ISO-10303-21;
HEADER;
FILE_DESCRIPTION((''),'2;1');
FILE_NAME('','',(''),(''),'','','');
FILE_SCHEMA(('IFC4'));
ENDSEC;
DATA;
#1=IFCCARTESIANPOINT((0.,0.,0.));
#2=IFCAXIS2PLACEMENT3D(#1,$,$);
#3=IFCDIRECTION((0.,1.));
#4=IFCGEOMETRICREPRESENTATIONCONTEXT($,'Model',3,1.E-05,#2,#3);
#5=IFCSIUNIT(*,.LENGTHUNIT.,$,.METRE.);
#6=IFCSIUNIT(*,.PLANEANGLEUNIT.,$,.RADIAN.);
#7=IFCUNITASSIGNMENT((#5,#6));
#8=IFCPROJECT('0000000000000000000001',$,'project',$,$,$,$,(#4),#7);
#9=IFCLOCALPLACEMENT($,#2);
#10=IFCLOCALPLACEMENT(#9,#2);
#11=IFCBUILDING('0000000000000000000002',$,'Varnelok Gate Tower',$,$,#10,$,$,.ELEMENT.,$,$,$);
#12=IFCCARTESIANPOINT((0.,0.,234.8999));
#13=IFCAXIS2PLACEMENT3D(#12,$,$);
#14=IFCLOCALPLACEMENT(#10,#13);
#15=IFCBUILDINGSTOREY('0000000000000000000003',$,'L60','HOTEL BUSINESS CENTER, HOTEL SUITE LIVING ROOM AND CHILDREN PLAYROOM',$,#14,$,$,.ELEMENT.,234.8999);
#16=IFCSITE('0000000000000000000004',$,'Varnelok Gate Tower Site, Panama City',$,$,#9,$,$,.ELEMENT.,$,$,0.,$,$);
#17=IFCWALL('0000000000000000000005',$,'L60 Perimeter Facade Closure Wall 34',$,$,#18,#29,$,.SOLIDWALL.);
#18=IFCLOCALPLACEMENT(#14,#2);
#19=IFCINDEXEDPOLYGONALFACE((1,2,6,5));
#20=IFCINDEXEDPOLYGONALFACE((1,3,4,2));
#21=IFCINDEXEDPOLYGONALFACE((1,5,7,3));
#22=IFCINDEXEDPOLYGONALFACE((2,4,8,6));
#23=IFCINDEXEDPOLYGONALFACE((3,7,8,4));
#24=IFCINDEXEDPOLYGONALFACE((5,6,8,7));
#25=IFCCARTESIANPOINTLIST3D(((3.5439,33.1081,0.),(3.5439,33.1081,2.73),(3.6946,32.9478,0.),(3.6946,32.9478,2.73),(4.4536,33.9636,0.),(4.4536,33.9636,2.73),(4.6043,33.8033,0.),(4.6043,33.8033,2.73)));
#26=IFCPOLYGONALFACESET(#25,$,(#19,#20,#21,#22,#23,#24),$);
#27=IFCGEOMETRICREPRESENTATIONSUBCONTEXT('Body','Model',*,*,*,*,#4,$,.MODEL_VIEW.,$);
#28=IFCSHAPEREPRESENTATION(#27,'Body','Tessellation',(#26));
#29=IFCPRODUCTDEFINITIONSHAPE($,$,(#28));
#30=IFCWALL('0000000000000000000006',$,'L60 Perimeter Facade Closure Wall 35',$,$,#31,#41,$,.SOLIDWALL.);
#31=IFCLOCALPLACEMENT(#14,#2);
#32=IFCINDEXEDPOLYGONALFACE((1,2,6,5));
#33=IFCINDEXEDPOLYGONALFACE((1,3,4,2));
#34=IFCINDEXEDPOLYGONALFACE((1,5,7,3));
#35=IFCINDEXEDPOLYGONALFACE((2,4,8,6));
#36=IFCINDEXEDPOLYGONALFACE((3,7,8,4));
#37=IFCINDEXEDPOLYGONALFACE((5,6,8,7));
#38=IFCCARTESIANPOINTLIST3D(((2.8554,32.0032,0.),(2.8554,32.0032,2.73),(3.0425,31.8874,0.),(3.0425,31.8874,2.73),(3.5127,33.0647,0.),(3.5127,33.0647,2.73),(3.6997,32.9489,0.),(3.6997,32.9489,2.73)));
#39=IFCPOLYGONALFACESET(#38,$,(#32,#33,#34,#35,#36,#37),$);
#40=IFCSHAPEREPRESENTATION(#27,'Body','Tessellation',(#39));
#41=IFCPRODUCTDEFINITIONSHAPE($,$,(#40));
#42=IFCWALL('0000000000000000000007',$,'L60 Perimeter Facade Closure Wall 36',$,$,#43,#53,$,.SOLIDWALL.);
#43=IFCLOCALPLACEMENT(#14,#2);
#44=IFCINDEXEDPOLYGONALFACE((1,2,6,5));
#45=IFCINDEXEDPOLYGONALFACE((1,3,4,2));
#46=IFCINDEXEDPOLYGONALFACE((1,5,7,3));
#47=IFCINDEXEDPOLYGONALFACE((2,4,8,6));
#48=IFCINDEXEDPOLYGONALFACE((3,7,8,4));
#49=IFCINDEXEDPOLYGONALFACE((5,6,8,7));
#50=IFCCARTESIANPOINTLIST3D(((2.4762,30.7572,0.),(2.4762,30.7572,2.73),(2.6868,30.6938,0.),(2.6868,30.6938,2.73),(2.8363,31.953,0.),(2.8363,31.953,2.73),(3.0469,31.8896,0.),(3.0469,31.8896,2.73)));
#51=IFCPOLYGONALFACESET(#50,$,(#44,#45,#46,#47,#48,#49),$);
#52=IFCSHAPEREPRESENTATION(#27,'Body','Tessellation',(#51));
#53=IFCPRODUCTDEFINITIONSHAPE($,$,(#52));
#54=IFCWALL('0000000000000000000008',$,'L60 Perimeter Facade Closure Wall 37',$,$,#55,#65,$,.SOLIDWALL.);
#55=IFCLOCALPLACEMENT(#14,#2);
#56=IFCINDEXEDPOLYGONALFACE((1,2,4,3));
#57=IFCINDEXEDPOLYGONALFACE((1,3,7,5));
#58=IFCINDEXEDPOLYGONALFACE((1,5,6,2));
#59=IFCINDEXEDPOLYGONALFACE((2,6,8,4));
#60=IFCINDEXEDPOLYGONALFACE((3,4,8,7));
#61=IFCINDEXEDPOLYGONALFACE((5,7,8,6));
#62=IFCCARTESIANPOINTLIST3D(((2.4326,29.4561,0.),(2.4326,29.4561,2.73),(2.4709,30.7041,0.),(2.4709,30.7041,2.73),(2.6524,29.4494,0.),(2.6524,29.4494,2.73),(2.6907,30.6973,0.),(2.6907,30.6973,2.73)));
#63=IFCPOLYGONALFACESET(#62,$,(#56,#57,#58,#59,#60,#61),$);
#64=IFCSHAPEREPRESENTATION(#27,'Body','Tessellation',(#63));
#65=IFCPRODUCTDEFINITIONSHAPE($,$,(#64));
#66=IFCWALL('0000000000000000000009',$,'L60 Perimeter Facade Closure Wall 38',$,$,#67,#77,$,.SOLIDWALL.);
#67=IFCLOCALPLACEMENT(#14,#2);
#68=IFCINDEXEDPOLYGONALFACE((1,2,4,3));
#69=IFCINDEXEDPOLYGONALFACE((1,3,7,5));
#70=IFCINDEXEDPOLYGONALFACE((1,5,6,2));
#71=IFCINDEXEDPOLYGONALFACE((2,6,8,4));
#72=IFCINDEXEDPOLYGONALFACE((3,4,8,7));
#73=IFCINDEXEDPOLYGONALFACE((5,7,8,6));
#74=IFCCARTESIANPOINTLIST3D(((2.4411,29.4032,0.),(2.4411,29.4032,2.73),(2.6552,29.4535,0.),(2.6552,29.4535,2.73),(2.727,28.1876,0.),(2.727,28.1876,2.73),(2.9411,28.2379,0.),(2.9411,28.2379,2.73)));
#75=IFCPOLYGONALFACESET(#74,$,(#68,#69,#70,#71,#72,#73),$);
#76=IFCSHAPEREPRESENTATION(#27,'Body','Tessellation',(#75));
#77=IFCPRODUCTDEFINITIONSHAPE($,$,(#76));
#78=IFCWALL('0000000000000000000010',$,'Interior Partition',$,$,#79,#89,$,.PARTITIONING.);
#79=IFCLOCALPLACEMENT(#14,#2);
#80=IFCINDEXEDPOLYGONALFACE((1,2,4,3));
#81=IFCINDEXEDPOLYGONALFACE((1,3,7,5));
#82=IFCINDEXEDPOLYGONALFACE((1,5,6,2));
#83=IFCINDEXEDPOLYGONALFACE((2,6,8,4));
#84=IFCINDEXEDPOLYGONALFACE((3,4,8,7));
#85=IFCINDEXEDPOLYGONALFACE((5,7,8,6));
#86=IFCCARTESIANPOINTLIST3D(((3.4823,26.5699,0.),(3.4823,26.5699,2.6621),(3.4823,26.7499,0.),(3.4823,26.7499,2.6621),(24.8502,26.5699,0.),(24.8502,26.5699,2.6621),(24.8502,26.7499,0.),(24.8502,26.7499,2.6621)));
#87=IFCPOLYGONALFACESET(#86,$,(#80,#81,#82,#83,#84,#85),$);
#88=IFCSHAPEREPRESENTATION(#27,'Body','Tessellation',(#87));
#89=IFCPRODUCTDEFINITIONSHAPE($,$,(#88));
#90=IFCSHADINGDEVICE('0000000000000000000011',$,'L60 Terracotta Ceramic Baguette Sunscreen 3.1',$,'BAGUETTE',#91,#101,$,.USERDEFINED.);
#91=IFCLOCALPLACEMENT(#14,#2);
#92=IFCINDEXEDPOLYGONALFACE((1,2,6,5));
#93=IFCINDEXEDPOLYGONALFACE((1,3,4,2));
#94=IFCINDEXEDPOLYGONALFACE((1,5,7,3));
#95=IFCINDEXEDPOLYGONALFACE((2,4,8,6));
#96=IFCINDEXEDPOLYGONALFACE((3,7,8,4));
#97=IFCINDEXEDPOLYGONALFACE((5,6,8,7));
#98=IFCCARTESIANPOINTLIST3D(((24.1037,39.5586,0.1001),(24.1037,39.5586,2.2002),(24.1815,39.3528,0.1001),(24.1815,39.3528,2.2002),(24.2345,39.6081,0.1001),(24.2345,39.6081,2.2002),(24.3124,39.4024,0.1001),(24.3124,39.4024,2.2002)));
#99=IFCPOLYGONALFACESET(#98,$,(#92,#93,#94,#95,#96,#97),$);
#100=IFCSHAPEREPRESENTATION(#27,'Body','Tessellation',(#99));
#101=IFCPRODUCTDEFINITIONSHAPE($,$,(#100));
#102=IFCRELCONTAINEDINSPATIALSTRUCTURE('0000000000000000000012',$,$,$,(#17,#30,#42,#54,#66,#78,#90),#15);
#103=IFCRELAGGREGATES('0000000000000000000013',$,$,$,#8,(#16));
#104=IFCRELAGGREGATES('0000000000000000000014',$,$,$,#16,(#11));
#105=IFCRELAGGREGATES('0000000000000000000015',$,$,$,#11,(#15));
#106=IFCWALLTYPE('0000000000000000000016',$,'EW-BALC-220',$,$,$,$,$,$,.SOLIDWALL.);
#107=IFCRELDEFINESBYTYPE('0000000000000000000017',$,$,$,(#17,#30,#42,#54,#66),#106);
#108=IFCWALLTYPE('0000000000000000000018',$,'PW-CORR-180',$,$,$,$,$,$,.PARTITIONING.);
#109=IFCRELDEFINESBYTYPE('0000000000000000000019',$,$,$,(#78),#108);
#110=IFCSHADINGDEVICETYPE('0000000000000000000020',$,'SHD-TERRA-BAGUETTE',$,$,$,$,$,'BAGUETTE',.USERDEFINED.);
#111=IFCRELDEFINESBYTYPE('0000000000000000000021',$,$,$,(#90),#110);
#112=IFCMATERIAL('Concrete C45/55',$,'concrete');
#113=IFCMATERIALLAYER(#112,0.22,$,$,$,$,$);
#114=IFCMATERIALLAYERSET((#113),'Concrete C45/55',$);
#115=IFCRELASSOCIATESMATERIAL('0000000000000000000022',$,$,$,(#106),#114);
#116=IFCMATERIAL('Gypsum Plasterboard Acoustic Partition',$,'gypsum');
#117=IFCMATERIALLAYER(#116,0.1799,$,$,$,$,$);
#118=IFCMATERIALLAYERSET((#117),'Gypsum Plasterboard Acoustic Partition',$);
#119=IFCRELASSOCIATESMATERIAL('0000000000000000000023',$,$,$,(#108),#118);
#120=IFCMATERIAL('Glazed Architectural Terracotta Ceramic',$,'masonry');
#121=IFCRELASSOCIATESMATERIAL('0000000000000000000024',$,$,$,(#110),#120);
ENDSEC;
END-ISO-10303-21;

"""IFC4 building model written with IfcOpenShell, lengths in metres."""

from ifc_helpers import new_model, si_unit, direction, frame, frame_2d, origin, origin_2d, place, context, subcontext, project, spatial, rectangle, extrude, source, transform, mapped, material, layer, layer_set, type_object, element, save


model = new_model("IFC4")

# Units and contexts
model_context = context("Model", 3, precision=1e-05, world=origin(), true_north=direction((0.0, 1.0)))
body_context = subcontext(model_context, "Body", "Model", "MODEL_VIEW")
ifc_project = project(units=[si_unit("LENGTHUNIT", "METRE"), si_unit("PLANEANGLEUNIT", "RADIAN")], contexts=[model_context])

# Site, building, storey
site_placement = place(None, origin())
site = spatial("IfcSite", under=ifc_project, at=site_placement, Name="Varnelok Gate Tower Site, Panama City", CompositionType="ELEMENT", RefElevation=0.0)
building_placement = place(site_placement, origin())
building = spatial("IfcBuilding", under=site, at=building_placement, Name="Varnelok Gate Tower", CompositionType="ELEMENT")
storey_placement = place(building_placement, frame((0.0, 0.0, 234.8999)))
storey = spatial("IfcBuildingStorey", under=building, at=storey_placement, Name="L60", Description="HOTEL BUSINESS CENTER, HOTEL SUITE LIVING ROOM AND CHILDREN PLAYROOM", CompositionType="ELEMENT", Elevation=234.8999)

# Shared definitions
ifc_material_1 = material(Name="Concrete C45/55", Category="concrete")
ifc_layer_1 = layer(ifc_material_1, 0.22)
ifc_layer_set_1 = layer_set([ifc_layer_1], Name="Concrete C45/55")
wall_type_1 = type_object("IfcWallType", Name="EW-BALC-220", PredefinedType="SOLIDWALL", material=ifc_layer_set_1)

# Walls
wall_1_placement = place(storey_placement, frame((4.5291, 33.8835, 0.0), z_axis=(0.0, 0.0, 1.0), x_axis=(-0.728475, -0.685072, 0.0)))
element("IfcWall", 1, at=wall_1_placement, inside=storey, type_object=wall_type_1, Name="L60 Perimeter Facade Closure Wall 34", PredefinedType="SOLIDWALL", context=body_context, shape_type="SweptSolid", body=[
    extrude(rectangle(XDim=1.2488, YDim=0.22, at=frame_2d((0.6245, 0.0))), origin(), (0.0, 0.0, 1.0), 2.73),
])
wall_2_placement = place(storey_placement, frame((3.6062, 33.0068, 0.0), z_axis=(0.0, 0.0, 1.0), x_axis=(-0.526408, -0.850232, 0.0)))
element("IfcWall", 2, at=wall_2_placement, inside=storey, type_object=wall_type_1, Name="L60 Perimeter Facade Closure Wall 35", PredefinedType="SOLIDWALL", context=body_context, shape_type="SweptSolid", body=[
    extrude(rectangle(XDim=1.2485, YDim=0.22, at=frame_2d((0.6243, 0.0))), origin(), (0.0, 0.0, 1.0), 2.73),
])
wall_3_placement = place(storey_placement, frame((2.9417, 31.9214, 0.0), z_axis=(0.0, 0.0, 1.0), x_axis=(-0.288352, -0.957524, 0.0)))
element("IfcWall", 3, at=wall_3_placement, inside=storey, type_object=wall_type_1, Name="L60 Perimeter Facade Closure Wall 36", PredefinedType="SOLIDWALL", context=body_context, shape_type="SweptSolid", body=[
    extrude(rectangle(XDim=1.2488, YDim=0.22, at=frame_2d((0.6245, 0.0))), origin(), (0.0, 0.0, 1.0), 2.73),
])
wall_4_placement = place(storey_placement, frame((2.5808, 30.7007, 0.0), z_axis=(0.0, 0.0, 1.0), x_axis=(-0.030698, -0.999529, 0.0)))
element("IfcWall", 4, at=wall_4_placement, inside=storey, type_object=wall_type_1, Name="L60 Perimeter Facade Closure Wall 37", PredefinedType="SOLIDWALL", context=body_context, shape_type="SweptSolid", body=[
    extrude(rectangle(XDim=1.2485, YDim=0.22, at=frame_2d((0.6243, 0.0))), origin(), (0.0, 0.0, 1.0), 2.73),
])
wall_5_placement = place(storey_placement, frame((2.5481, 29.4285, 0.0), z_axis=(0.0, 0.0, 1.0), x_axis=(0.228941, -0.97344, 0.0)))
element("IfcWall", 5, at=wall_5_placement, inside=storey, type_object=wall_type_1, Name="L60 Perimeter Facade Closure Wall 38", PredefinedType="SOLIDWALL", context=body_context, shape_type="SweptSolid", body=[
    extrude(rectangle(XDim=1.2488, YDim=0.22, at=frame_2d((0.6245, 0.0))), origin(), (0.0, 0.0, 1.0), 2.73),
])
ifc_material_2 = material(Name="Gypsum Plasterboard Acoustic Partition", Category="gypsum")
ifc_layer_2 = layer(ifc_material_2, 0.1799)
ifc_layer_set_2 = layer_set([ifc_layer_2], Name="Gypsum Plasterboard Acoustic Partition")
wall_type_2 = type_object("IfcWallType", Name="PW-CORR-180", PredefinedType="PARTITIONING", material=ifc_layer_set_2)
wall_6_placement = place(storey_placement, frame((3.4822, 26.6599, 0.0), z_axis=(0.0, 0.0, 1.0), x_axis=(1.0, 0.0, 0.0)))
element("IfcWall", 6, at=wall_6_placement, inside=storey, type_object=wall_type_2, Name="Interior Partition", PredefinedType="PARTITIONING", context=body_context, shape_type="SweptSolid", body=[
    extrude(rectangle(XDim=21.3679, YDim=0.1799, at=frame_2d((10.6841, 0.0))), origin(), (0.0, 0.0, 1.0), 2.6621),
])

# Shading device
ifc_material_3 = material(Name="Glazed Architectural Terracotta Ceramic", Category="masonry")
shading_device_type = type_object("IfcShadingDeviceType", Name="SHD-TERRA-BAGUETTE", ElementType="BAGUETTE", PredefinedType="USERDEFINED", material=ifc_material_3)
shared_shape_1 = source(origin(), body_context, "Body", "SweptSolid", [
    extrude(rectangle(XDim=0.1399, YDim=0.22, at=origin_2d()), origin(), (0.0, 0.0, 1.0), 2.1001),
])
shading_device_placement = place(storey_placement, frame((24.208, 39.4805, 0.1001), z_axis=(0.0, 0.0, 1.0), x_axis=(0.935222, 0.354063, 0.0)))
element("IfcShadingDevice", 7, at=shading_device_placement, inside=storey, type_object=shading_device_type, Name="L60 Terracotta Ceramic Baguette Sunscreen 3.1", ObjectType="BAGUETTE", PredefinedType="USERDEFINED", context=body_context, shape_type="MappedRepresentation", body=[
    mapped(shared_shape_1, transform((0.0, 0.0, 0.0), scale=1.0)),
])

save(model, "model.ifc")
